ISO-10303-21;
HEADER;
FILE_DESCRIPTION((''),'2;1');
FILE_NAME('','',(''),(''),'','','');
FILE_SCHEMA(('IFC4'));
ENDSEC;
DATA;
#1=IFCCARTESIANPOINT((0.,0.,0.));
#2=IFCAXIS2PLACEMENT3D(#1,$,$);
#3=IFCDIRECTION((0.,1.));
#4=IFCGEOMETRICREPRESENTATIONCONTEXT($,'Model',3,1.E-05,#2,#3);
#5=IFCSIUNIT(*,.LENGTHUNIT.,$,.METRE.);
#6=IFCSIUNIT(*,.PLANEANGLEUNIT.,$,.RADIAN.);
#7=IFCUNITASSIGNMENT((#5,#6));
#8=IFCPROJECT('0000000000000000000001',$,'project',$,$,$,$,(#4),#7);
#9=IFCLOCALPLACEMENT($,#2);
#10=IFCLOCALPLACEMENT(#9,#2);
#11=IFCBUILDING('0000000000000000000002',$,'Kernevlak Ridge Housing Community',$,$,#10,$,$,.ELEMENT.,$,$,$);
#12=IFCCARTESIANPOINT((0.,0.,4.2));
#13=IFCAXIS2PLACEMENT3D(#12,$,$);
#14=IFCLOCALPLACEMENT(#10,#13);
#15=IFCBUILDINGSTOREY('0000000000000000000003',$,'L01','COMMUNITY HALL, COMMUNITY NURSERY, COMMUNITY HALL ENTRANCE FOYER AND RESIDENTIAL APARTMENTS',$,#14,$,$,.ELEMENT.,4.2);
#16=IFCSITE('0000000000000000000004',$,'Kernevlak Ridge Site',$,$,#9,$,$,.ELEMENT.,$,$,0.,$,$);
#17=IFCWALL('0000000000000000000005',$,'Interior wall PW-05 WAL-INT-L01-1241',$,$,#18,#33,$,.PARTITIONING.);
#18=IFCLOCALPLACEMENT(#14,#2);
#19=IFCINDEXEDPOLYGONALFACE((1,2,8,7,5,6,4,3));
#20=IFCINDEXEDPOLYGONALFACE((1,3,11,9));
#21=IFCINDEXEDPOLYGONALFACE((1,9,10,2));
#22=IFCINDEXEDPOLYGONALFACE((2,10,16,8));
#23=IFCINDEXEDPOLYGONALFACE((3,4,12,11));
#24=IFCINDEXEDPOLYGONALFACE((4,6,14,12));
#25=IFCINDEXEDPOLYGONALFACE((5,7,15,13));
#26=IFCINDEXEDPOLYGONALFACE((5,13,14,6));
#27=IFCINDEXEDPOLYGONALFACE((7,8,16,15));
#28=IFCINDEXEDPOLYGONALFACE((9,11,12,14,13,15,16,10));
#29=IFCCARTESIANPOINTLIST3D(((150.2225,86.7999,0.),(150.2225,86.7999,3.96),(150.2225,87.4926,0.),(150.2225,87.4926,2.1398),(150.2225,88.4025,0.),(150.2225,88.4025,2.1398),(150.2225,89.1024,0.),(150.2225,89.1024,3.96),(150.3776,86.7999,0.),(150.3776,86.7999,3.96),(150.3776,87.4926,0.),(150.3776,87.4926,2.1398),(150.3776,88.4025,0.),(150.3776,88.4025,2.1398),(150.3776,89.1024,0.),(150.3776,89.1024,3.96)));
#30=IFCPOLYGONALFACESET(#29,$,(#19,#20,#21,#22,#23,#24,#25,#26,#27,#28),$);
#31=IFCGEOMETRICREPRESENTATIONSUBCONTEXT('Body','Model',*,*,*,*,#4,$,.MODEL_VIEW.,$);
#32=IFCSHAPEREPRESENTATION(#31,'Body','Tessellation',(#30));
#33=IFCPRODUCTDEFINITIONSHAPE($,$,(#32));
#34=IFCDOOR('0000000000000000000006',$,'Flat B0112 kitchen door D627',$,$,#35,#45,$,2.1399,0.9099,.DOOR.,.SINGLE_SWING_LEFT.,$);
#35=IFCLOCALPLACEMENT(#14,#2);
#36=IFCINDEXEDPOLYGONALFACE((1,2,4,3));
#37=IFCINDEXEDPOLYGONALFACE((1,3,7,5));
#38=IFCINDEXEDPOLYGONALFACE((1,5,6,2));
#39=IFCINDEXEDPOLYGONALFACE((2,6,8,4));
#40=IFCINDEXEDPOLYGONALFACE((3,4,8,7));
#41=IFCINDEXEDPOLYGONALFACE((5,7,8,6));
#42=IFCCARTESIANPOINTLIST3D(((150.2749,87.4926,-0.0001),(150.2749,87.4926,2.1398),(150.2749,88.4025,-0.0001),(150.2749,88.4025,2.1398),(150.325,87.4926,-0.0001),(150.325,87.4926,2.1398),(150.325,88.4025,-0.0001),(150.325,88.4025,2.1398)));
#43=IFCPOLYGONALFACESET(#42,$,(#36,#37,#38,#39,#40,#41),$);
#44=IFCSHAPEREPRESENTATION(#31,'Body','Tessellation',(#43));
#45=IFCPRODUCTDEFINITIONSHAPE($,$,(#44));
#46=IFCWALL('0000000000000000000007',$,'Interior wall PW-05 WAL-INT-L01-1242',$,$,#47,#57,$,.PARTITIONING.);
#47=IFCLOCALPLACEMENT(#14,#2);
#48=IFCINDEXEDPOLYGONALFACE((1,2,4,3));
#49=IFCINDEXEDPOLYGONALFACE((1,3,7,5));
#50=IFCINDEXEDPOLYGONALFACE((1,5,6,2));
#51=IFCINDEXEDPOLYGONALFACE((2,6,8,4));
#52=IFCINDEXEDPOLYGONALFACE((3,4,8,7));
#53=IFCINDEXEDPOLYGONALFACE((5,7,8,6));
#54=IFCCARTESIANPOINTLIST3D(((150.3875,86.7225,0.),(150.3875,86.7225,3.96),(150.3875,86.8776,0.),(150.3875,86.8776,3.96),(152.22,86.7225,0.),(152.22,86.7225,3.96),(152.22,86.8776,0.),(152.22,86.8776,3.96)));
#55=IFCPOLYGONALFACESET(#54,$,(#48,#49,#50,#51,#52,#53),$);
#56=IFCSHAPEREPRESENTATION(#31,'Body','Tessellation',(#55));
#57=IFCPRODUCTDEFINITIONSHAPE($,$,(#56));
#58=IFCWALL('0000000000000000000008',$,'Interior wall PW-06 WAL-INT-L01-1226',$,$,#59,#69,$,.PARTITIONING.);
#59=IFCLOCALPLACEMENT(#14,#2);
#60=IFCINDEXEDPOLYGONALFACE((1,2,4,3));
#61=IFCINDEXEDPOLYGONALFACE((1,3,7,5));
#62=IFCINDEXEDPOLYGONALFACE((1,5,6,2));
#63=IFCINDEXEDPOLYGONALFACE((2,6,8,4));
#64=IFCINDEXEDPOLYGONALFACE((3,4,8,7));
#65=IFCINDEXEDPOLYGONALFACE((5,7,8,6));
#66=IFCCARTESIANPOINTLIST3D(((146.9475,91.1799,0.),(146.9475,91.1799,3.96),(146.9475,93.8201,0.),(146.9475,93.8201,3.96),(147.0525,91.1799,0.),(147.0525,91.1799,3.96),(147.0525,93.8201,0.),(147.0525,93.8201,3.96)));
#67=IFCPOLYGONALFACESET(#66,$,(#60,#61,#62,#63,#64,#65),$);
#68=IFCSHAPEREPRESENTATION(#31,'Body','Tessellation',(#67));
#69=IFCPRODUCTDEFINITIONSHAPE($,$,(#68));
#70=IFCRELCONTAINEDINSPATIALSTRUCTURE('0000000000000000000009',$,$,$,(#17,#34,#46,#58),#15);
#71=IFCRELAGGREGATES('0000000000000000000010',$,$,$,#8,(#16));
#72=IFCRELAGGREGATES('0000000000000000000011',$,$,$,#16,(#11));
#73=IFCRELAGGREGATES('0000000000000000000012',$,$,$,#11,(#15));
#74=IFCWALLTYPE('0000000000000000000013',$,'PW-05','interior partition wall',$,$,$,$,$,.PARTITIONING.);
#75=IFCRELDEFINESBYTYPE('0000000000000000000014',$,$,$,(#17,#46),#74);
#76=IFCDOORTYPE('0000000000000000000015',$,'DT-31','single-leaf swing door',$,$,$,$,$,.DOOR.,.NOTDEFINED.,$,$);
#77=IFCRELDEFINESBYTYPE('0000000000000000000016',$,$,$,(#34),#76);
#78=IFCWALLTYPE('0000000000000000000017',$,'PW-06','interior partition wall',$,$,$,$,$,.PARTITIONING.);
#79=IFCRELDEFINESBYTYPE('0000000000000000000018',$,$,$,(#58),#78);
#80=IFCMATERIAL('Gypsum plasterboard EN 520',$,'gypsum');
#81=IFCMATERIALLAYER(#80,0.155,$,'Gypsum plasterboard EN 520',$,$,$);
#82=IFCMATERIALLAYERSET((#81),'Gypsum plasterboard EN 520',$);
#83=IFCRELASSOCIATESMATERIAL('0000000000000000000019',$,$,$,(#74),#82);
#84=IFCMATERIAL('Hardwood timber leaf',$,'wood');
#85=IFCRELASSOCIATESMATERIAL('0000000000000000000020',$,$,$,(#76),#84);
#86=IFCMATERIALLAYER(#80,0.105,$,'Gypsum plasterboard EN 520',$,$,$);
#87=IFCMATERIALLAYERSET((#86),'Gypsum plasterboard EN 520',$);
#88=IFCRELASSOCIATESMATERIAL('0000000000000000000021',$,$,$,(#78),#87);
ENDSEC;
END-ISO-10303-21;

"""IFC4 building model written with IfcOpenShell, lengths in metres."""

from ifc_helpers import new_model, si_unit, direction, frame, frame_2d, origin, place, context, subcontext, project, spatial, rectangle, extrude, material, layer, layer_set, type_object, element, fill, save


model = new_model("IFC4")

# Units and contexts
model_context = context("Model", 3, precision=1e-05, world=origin(), true_north=direction((0.0, 1.0)))
body_context = subcontext(model_context, "Body", "Model", "MODEL_VIEW")
ifc_project = project(units=[si_unit("LENGTHUNIT", "METRE"), si_unit("PLANEANGLEUNIT", "RADIAN")], contexts=[model_context])

# Site, building, storey
site_placement = place(None, origin())
site = spatial("IfcSite", under=ifc_project, at=site_placement, Name="Kernevlak Ridge Site", CompositionType="ELEMENT", RefElevation=0.0)
building_placement = place(site_placement, origin())
building = spatial("IfcBuilding", under=site, at=building_placement, Name="Kernevlak Ridge Housing Community", CompositionType="ELEMENT")
storey_placement = place(building_placement, frame((0.0, 0.0, 4.2)))
storey = spatial("IfcBuildingStorey", under=building, at=storey_placement, Name="L01", Description="COMMUNITY HALL, COMMUNITY NURSERY, COMMUNITY HALL ENTRANCE FOYER AND RESIDENTIAL APARTMENTS", CompositionType="ELEMENT", Elevation=4.2)

# Wall, opening, door
ifc_material_1 = material(Name="Hardwood timber leaf", Category="wood")
ifc_material_2 = material(Name="Gypsum plasterboard EN 520", Category="gypsum")
ifc_layer_1 = layer(ifc_material_2, 0.155, Name="Gypsum plasterboard EN 520")
ifc_layer_set_1 = layer_set([ifc_layer_1], Name="Gypsum plasterboard EN 520")
wall_type_1 = type_object("IfcWallType", Name="PW-05", Description="interior partition wall", PredefinedType="PARTITIONING", material=ifc_layer_set_1)
wall_1_placement = place(storey_placement, frame((150.3, 89.1025, 0.0), z_axis=(0.0, 0.0, 1.0), x_axis=(0.0, -1.0, 0.0)))
wall_1 = element("IfcWall", 1, at=wall_1_placement, inside=storey, type_object=wall_type_1, Name="Interior wall PW-05 WAL-INT-L01-1241", PredefinedType="PARTITIONING", context=body_context, shape_type="SweptSolid", body=[
    extrude(rectangle(XDim=2.3025, YDim=0.155, at=frame_2d((1.1514, 0.0))), origin(), (0.0, 0.0, 1.0), 3.96),
])
opening_1_placement = place(wall_1_placement, frame((0.7, 0.0, 0.0)))
opening_1 = element("IfcOpeningElement", 2, at=opening_1_placement, cuts=wall_1, PredefinedType="OPENING", context=body_context, shape_type="SweptSolid", body=[
    extrude(rectangle(XDim=0.9099, YDim=2.1399, at=frame_2d((0.4551, 1.0698))), frame((0.0, 0.0874, 0.0), z_axis=(0.0, -1.0, 0.0), x_axis=(1.0, 0.0, 0.0)), (0.0, 0.0, 1.0), 0.175),
])
door_type_1 = type_object("IfcDoorType", Name="DT-31", Description="single-leaf swing door", OperationType="NOTDEFINED", PredefinedType="DOOR", material=ifc_material_1)
door_1_placement = place(opening_1_placement, origin())
door_1 = element("IfcDoor", 3, at=door_1_placement, inside=storey, type_object=door_type_1, Name="Flat B0112 kitchen door D627", OperationType="SINGLE_SWING_LEFT", OverallHeight=2.1399, OverallWidth=0.9099, PredefinedType="DOOR", context=body_context, shape_type="SweptSolid", body=[
    extrude(rectangle(XDim=0.9099, YDim=2.1399, at=frame_2d((0.4551, 1.0698))), frame((0.0, 0.0249, 0.0), z_axis=(0.0, -1.0, 0.0), x_axis=(1.0, 0.0, 0.0)), (0.0, 0.0, 1.0), 0.05),
])
fill(opening_1, door_1)

# Walls
wall_2_placement = place(storey_placement, frame((150.3875, 86.8, 0.0), z_axis=(0.0, 0.0, 1.0), x_axis=(1.0, 0.0, 0.0)))
element("IfcWall", 4, at=wall_2_placement, inside=storey, type_object=wall_type_1, Name="Interior wall PW-05 WAL-INT-L01-1242", PredefinedType="PARTITIONING", context=body_context, shape_type="SweptSolid", body=[
    extrude(rectangle(XDim=1.8325, YDim=0.155, at=frame_2d((0.9163, 0.0))), origin(), (0.0, 0.0, 1.0), 3.96),
])
ifc_layer_2 = layer(ifc_material_2, 0.105, Name="Gypsum plasterboard EN 520")
ifc_layer_set_2 = layer_set([ifc_layer_2], Name="Gypsum plasterboard EN 520")
wall_type_2 = type_object("IfcWallType", Name="PW-06", Description="interior partition wall", PredefinedType="PARTITIONING", material=ifc_layer_set_2)
wall_3_placement = place(storey_placement, frame((147.0, 91.1799, 0.0), z_axis=(0.0, 0.0, 1.0), x_axis=(0.0, 1.0, 0.0)))
element("IfcWall", 5, at=wall_3_placement, inside=storey, type_object=wall_type_2, Name="Interior wall PW-06 WAL-INT-L01-1226", PredefinedType="PARTITIONING", context=body_context, shape_type="SweptSolid", body=[
    extrude(rectangle(XDim=2.6401, YDim=0.105, at=frame_2d((1.3201, 0.0))), origin(), (0.0, 0.0, 1.0), 3.96),
])

save(model, "model.ifc")
